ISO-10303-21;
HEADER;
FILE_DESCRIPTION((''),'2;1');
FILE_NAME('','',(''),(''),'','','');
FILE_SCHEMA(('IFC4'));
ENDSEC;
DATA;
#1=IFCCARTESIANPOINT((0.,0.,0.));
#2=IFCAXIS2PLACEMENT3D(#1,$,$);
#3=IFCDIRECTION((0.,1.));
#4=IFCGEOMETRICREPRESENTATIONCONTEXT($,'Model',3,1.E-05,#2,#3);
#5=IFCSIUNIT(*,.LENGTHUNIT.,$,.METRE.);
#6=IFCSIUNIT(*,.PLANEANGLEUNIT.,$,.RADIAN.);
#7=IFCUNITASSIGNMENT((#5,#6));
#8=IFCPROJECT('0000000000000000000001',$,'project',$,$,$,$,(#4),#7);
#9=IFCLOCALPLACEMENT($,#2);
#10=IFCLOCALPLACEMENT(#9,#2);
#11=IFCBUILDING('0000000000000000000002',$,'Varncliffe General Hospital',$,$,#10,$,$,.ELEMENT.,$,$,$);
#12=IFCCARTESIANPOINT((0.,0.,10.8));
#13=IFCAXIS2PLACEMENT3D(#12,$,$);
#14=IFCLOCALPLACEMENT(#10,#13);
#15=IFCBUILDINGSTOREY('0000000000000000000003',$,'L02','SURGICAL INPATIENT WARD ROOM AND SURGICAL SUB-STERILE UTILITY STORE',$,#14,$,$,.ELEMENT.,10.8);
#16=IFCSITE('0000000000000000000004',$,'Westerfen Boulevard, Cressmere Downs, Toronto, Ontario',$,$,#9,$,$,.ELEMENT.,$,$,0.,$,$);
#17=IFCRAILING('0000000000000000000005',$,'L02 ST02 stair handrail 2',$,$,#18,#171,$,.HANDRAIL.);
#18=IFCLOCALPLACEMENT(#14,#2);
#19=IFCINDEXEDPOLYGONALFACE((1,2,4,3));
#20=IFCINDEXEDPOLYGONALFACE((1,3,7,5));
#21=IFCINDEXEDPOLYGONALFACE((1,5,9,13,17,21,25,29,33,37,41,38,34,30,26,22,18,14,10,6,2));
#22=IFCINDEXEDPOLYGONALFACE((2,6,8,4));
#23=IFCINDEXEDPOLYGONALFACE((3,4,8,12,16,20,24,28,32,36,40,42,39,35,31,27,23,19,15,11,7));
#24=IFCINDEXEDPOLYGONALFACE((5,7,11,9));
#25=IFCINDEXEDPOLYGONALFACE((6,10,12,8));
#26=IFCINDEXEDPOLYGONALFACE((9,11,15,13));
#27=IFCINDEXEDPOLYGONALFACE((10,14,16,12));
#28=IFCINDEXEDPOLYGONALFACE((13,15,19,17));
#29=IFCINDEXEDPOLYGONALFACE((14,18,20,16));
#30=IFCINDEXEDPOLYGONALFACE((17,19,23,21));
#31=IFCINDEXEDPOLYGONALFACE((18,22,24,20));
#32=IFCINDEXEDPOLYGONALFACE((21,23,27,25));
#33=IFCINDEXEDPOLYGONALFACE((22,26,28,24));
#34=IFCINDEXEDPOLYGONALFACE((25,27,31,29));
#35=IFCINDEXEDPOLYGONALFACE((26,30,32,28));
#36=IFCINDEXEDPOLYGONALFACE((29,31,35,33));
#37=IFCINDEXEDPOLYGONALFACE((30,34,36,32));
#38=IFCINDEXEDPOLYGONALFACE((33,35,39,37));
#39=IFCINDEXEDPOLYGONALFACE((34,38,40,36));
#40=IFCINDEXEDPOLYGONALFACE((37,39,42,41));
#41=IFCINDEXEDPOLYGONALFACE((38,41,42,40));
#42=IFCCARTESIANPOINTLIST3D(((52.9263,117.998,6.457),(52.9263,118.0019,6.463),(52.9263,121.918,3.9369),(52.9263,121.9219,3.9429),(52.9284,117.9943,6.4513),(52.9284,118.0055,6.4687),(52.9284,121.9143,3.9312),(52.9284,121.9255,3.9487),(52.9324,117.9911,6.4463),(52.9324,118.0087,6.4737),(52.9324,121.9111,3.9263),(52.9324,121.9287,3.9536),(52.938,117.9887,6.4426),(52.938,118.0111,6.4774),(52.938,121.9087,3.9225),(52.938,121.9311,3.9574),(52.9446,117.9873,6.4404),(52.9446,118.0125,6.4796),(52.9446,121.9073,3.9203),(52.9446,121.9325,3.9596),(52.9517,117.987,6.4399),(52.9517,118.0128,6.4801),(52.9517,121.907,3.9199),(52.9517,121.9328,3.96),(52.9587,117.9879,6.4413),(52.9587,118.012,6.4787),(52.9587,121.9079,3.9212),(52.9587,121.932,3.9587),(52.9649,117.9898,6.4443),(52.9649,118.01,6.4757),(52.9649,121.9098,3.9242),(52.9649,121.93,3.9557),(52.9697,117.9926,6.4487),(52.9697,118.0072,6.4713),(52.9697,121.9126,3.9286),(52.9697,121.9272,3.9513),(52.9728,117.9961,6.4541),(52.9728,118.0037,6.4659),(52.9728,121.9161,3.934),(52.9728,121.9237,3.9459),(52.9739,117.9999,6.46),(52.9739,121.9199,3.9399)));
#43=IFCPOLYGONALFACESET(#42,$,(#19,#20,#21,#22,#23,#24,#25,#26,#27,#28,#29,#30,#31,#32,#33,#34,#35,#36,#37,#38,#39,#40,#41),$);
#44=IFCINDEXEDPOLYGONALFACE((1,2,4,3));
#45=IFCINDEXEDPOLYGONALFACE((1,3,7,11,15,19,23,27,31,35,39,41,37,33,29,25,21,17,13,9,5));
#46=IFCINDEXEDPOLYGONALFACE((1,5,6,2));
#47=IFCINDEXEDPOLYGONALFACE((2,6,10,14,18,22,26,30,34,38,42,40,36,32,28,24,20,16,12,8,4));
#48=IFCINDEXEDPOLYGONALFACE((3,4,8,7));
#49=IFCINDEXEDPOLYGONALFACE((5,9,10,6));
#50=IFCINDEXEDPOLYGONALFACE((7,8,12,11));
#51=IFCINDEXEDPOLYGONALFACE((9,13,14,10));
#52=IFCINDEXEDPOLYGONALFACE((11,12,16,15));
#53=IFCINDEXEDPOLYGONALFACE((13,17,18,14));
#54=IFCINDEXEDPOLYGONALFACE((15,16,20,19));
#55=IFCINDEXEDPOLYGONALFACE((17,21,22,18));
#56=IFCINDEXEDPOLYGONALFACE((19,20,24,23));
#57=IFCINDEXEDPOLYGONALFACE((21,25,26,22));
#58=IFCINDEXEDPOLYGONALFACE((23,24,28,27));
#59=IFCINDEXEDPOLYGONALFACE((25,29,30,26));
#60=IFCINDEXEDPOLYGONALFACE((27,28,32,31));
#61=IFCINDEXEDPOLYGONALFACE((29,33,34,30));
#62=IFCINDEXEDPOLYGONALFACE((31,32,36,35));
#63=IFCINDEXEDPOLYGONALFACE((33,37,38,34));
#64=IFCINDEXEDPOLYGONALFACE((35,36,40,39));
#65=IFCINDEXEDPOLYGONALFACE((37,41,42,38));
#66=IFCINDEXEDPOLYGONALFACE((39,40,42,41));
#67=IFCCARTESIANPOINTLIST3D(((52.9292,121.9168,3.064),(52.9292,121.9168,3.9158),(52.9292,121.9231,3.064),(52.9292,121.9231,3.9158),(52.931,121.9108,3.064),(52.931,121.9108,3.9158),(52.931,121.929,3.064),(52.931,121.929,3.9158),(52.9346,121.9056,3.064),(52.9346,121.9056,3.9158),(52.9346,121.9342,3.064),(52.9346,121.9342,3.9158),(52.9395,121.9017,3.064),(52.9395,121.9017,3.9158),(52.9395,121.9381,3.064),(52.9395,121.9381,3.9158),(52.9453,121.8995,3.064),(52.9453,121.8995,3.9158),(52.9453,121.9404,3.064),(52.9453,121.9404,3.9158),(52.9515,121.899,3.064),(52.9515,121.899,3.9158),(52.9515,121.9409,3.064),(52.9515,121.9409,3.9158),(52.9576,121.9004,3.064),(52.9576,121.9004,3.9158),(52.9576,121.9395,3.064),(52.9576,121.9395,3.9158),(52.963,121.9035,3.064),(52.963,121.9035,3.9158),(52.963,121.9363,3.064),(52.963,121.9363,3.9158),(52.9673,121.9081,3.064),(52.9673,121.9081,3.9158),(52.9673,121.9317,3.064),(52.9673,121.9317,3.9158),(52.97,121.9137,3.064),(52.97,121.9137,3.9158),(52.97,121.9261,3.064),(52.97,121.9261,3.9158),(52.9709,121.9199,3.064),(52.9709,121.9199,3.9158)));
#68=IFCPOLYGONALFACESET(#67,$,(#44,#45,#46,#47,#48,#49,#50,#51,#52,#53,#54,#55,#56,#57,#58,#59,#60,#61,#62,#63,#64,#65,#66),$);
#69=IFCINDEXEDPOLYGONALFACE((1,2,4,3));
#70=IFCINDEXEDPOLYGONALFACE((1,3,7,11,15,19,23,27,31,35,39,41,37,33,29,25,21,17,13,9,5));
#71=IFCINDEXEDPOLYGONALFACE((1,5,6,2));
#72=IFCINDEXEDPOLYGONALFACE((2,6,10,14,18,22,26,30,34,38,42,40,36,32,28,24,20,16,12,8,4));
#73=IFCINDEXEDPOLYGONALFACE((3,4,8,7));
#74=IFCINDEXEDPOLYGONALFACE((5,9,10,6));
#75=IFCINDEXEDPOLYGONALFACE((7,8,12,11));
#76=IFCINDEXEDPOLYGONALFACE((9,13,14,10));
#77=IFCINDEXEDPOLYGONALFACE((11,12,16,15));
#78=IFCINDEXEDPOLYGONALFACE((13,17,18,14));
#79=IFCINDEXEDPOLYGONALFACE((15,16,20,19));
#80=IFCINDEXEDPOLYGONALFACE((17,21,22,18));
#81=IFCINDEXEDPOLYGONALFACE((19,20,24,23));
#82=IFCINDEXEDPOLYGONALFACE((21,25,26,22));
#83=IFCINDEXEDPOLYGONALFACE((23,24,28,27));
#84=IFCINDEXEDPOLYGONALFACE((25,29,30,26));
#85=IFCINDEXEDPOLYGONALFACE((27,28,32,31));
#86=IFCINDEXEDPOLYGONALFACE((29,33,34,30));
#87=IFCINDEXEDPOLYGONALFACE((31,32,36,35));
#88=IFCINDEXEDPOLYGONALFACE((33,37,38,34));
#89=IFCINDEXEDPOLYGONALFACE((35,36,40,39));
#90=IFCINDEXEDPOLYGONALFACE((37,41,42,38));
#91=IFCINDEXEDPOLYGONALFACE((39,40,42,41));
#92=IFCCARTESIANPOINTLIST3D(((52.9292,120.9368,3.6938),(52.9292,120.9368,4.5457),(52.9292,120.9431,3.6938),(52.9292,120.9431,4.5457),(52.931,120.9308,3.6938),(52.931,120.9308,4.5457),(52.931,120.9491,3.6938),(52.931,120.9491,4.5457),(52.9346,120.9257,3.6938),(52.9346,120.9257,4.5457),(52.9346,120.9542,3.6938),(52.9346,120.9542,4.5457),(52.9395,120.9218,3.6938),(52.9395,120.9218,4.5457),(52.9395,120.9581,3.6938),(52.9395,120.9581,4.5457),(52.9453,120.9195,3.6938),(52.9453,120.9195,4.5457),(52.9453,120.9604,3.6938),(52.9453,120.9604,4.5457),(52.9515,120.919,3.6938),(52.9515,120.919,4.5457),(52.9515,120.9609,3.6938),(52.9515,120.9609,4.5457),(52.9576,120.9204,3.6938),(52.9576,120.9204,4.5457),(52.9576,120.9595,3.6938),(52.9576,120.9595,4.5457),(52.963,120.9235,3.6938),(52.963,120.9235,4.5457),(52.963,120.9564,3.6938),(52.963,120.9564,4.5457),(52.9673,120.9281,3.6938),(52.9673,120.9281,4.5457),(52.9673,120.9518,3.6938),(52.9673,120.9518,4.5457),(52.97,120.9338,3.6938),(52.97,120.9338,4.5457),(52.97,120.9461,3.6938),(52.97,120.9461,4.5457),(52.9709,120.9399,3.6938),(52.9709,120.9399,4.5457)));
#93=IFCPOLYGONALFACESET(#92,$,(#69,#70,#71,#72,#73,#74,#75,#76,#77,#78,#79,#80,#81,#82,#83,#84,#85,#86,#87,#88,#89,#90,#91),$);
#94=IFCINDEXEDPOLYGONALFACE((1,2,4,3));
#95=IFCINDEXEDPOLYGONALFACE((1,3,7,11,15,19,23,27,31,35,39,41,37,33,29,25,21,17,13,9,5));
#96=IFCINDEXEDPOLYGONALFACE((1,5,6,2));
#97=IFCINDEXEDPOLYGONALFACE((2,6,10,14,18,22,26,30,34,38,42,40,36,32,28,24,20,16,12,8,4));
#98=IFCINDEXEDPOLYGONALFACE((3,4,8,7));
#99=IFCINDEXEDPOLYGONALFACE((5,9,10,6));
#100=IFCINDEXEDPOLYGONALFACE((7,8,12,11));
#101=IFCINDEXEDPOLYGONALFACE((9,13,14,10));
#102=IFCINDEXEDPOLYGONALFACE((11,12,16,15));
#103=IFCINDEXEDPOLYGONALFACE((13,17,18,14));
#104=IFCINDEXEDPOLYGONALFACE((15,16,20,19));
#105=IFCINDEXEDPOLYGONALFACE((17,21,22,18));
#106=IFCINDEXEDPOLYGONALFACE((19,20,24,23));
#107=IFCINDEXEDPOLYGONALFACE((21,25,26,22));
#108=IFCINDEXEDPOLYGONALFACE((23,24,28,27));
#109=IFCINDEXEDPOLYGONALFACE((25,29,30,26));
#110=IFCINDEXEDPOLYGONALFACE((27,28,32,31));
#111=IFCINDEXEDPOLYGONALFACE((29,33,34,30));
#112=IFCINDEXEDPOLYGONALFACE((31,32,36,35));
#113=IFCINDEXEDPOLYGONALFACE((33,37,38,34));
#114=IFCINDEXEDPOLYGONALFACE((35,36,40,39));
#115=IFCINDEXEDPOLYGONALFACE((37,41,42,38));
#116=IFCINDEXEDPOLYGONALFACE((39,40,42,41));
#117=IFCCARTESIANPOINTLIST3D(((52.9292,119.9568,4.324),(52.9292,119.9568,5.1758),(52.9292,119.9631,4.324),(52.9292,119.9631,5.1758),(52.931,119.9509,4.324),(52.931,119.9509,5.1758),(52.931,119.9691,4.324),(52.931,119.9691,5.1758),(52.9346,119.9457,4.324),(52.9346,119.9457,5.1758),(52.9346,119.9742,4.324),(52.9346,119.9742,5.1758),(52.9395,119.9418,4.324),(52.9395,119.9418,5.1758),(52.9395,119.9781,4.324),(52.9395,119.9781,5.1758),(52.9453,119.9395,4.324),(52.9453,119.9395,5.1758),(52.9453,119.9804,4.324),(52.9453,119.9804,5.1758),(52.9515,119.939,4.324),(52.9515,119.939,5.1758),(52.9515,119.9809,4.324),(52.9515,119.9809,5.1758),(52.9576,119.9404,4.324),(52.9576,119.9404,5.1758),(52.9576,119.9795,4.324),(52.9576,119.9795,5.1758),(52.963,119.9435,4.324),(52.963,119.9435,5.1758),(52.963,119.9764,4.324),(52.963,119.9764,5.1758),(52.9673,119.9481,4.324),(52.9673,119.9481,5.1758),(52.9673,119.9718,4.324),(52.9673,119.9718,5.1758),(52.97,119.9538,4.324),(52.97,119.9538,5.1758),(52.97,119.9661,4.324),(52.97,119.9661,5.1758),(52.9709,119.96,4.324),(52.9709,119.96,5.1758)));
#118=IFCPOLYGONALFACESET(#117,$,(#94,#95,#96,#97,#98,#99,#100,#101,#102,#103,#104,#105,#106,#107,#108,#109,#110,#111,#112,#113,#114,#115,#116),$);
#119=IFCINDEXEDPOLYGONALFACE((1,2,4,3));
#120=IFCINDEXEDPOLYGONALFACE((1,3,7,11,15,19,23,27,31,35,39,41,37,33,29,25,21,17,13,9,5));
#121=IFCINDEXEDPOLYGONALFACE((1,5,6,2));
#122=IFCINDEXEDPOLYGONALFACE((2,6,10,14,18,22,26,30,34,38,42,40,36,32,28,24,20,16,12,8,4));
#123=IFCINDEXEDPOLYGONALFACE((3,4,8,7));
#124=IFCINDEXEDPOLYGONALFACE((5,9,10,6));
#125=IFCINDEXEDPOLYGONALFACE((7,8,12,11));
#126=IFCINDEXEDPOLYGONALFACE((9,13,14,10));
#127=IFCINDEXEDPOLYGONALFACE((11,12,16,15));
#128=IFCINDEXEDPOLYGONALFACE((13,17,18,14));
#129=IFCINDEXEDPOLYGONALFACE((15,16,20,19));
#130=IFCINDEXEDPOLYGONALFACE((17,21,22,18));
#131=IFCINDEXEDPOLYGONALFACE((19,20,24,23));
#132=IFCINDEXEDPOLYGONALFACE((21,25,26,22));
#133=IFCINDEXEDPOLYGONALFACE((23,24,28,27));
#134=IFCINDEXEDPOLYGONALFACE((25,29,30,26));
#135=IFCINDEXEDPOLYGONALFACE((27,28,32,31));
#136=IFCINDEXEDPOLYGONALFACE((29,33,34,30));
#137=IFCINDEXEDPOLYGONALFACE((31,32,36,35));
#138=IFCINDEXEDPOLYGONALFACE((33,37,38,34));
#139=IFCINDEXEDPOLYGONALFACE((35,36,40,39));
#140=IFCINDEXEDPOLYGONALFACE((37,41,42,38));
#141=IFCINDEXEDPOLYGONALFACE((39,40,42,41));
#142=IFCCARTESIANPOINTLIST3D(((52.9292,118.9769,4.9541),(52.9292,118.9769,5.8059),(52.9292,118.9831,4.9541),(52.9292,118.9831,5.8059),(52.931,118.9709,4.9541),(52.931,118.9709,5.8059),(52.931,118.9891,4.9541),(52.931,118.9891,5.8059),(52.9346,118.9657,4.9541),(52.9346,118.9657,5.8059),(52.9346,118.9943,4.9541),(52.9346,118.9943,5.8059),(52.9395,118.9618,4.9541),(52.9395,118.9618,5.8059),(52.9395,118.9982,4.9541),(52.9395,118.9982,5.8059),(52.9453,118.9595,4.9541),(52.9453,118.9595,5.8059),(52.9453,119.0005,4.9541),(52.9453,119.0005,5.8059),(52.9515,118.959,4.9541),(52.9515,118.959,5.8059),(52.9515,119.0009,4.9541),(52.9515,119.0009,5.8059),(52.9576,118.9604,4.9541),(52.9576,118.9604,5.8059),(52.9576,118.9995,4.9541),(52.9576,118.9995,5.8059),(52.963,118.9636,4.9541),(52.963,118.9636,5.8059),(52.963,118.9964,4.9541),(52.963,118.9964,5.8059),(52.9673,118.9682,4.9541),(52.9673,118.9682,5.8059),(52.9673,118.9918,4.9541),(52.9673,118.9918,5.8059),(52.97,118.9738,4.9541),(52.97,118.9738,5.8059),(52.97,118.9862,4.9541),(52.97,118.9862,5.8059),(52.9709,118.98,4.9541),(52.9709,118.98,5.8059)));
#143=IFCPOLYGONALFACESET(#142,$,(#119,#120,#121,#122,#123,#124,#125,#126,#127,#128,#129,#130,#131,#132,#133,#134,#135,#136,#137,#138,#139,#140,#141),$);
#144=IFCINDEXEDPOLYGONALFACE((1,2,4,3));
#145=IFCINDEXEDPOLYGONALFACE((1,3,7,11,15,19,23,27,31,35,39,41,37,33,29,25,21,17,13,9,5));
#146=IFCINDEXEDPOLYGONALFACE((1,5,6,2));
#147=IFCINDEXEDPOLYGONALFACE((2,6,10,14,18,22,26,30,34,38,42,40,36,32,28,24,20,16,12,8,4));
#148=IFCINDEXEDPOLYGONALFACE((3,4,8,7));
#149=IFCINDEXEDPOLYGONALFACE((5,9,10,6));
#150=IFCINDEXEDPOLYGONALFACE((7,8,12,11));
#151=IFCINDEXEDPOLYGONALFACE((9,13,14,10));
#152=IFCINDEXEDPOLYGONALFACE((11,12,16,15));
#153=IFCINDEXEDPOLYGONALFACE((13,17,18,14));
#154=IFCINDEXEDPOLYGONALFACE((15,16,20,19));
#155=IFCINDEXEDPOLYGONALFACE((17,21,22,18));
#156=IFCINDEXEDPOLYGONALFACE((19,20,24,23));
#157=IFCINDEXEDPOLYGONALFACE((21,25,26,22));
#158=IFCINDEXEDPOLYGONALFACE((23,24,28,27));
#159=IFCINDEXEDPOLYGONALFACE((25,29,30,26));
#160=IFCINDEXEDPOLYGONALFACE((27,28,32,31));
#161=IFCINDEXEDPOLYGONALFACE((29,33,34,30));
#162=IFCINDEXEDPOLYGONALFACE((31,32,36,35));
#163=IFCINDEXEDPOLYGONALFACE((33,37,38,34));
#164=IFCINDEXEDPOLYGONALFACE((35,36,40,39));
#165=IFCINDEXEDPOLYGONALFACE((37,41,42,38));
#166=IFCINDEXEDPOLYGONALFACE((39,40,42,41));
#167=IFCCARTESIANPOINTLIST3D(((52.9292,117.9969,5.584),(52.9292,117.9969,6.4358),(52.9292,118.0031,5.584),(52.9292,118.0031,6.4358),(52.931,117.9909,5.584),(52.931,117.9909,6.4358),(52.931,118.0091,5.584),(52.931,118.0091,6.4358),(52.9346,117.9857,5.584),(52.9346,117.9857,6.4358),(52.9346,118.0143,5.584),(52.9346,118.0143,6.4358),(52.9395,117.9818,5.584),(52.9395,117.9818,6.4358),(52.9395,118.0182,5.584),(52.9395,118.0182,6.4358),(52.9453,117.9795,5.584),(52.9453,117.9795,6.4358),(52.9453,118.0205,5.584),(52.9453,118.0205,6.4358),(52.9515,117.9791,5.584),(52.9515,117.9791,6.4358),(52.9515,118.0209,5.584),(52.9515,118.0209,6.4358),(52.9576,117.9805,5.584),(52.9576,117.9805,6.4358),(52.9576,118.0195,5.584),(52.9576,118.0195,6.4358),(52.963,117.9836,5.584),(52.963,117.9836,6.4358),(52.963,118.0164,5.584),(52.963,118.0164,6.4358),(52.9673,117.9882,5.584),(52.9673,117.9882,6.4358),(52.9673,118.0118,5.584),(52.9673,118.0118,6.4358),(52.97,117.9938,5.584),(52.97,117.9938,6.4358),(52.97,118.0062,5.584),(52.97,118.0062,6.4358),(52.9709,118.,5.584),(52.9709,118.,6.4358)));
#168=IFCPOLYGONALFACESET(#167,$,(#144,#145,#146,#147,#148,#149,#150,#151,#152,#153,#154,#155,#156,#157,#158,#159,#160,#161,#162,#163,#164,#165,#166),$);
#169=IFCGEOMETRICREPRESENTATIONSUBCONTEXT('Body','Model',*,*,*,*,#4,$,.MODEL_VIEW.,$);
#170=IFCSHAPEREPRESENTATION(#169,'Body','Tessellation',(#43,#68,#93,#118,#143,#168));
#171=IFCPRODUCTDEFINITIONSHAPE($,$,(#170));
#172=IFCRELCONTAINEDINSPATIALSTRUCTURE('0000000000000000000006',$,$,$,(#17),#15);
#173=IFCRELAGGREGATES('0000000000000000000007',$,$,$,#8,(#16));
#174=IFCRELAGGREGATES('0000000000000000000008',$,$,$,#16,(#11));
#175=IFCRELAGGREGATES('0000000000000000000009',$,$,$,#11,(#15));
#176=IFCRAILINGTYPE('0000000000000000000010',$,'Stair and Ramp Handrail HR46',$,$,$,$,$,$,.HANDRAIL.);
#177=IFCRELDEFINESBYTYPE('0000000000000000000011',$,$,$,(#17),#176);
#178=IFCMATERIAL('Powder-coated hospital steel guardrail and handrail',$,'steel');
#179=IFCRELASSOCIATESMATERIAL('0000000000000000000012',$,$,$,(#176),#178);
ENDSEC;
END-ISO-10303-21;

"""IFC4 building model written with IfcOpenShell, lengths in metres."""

from ifc_helpers import new_model, si_unit, direction, frame, origin, origin_2d, place, context, subcontext, project, spatial, circle, extrude, material, type_object, element, save


model = new_model("IFC4")

# Units and contexts
model_context = context("Model", 3, precision=1e-05, world=origin(), true_north=direction((0.0, 1.0)))
body_context = subcontext(model_context, "Body", "Model", "MODEL_VIEW")
ifc_project = project(units=[si_unit("LENGTHUNIT", "METRE"), si_unit("PLANEANGLEUNIT", "RADIAN")], contexts=[model_context])

# Site, building, storey
site_placement = place(None, origin())
site = spatial("IfcSite", under=ifc_project, at=site_placement, Name="Westerfen Boulevard, Cressmere Downs, Toronto, Ontario", CompositionType="ELEMENT", RefElevation=0.0)
building_placement = place(site_placement, origin())
building = spatial("IfcBuilding", under=site, at=building_placement, Name="Varncliffe General Hospital", CompositionType="ELEMENT")
storey_placement = place(building_placement, frame((0.0, 0.0, 10.8)))
storey = spatial("IfcBuildingStorey", under=building, at=storey_placement, Name="L02", Description="SURGICAL INPATIENT WARD ROOM AND SURGICAL SUB-STERILE UTILITY STORE", CompositionType="ELEMENT", Elevation=10.8)

# Railing
ifc_material_1 = material(Name="Powder-coated hospital steel guardrail and handrail", Category="steel")
railing_type_1 = type_object("IfcRailingType", Name="Stair and Ramp Handrail HR46", PredefinedType="HANDRAIL", material=ifc_material_1)
railing_1_placement = place(storey_placement, frame((52.95, 121.9199, 3.064)))
element("IfcRailing", 1, at=railing_1_placement, inside=storey, type_object=railing_type_1, Name="L02 ST02 stair handrail 2", PredefinedType="HANDRAIL", context=body_context, shape_type="SweptSolid", body=[
    extrude(circle(Radius=0.0239, at=origin_2d()), frame((0.0, 0.0, 0.876), z_axis=(0.0, -0.841172, 0.540768), x_axis=(1.0, 0.0, 0.0)), (0.0, 0.0, 1.0), 4.6602),
    extrude(circle(Radius=0.021, at=origin_2d()), origin(), (0.0, 0.0, 1.0), 0.8518),
    extrude(circle(Radius=0.021, at=origin_2d()), frame((0.0, -0.98, 0.6299)), (0.0, 0.0, 1.0), 0.8518),
    extrude(circle(Radius=0.021, at=origin_2d()), frame((0.0, -1.96, 1.26)), (0.0, 0.0, 1.0), 0.8518),
    extrude(circle(Radius=0.021, at=origin_2d()), frame((0.0, -2.9399, 1.8901)), (0.0, 0.0, 1.0), 0.8518),
    extrude(circle(Radius=0.021, at=origin_2d()), frame((0.0, -3.9199, 2.52)), (0.0, 0.0, 1.0), 0.8518),
])

save(model, "model.ifc")
